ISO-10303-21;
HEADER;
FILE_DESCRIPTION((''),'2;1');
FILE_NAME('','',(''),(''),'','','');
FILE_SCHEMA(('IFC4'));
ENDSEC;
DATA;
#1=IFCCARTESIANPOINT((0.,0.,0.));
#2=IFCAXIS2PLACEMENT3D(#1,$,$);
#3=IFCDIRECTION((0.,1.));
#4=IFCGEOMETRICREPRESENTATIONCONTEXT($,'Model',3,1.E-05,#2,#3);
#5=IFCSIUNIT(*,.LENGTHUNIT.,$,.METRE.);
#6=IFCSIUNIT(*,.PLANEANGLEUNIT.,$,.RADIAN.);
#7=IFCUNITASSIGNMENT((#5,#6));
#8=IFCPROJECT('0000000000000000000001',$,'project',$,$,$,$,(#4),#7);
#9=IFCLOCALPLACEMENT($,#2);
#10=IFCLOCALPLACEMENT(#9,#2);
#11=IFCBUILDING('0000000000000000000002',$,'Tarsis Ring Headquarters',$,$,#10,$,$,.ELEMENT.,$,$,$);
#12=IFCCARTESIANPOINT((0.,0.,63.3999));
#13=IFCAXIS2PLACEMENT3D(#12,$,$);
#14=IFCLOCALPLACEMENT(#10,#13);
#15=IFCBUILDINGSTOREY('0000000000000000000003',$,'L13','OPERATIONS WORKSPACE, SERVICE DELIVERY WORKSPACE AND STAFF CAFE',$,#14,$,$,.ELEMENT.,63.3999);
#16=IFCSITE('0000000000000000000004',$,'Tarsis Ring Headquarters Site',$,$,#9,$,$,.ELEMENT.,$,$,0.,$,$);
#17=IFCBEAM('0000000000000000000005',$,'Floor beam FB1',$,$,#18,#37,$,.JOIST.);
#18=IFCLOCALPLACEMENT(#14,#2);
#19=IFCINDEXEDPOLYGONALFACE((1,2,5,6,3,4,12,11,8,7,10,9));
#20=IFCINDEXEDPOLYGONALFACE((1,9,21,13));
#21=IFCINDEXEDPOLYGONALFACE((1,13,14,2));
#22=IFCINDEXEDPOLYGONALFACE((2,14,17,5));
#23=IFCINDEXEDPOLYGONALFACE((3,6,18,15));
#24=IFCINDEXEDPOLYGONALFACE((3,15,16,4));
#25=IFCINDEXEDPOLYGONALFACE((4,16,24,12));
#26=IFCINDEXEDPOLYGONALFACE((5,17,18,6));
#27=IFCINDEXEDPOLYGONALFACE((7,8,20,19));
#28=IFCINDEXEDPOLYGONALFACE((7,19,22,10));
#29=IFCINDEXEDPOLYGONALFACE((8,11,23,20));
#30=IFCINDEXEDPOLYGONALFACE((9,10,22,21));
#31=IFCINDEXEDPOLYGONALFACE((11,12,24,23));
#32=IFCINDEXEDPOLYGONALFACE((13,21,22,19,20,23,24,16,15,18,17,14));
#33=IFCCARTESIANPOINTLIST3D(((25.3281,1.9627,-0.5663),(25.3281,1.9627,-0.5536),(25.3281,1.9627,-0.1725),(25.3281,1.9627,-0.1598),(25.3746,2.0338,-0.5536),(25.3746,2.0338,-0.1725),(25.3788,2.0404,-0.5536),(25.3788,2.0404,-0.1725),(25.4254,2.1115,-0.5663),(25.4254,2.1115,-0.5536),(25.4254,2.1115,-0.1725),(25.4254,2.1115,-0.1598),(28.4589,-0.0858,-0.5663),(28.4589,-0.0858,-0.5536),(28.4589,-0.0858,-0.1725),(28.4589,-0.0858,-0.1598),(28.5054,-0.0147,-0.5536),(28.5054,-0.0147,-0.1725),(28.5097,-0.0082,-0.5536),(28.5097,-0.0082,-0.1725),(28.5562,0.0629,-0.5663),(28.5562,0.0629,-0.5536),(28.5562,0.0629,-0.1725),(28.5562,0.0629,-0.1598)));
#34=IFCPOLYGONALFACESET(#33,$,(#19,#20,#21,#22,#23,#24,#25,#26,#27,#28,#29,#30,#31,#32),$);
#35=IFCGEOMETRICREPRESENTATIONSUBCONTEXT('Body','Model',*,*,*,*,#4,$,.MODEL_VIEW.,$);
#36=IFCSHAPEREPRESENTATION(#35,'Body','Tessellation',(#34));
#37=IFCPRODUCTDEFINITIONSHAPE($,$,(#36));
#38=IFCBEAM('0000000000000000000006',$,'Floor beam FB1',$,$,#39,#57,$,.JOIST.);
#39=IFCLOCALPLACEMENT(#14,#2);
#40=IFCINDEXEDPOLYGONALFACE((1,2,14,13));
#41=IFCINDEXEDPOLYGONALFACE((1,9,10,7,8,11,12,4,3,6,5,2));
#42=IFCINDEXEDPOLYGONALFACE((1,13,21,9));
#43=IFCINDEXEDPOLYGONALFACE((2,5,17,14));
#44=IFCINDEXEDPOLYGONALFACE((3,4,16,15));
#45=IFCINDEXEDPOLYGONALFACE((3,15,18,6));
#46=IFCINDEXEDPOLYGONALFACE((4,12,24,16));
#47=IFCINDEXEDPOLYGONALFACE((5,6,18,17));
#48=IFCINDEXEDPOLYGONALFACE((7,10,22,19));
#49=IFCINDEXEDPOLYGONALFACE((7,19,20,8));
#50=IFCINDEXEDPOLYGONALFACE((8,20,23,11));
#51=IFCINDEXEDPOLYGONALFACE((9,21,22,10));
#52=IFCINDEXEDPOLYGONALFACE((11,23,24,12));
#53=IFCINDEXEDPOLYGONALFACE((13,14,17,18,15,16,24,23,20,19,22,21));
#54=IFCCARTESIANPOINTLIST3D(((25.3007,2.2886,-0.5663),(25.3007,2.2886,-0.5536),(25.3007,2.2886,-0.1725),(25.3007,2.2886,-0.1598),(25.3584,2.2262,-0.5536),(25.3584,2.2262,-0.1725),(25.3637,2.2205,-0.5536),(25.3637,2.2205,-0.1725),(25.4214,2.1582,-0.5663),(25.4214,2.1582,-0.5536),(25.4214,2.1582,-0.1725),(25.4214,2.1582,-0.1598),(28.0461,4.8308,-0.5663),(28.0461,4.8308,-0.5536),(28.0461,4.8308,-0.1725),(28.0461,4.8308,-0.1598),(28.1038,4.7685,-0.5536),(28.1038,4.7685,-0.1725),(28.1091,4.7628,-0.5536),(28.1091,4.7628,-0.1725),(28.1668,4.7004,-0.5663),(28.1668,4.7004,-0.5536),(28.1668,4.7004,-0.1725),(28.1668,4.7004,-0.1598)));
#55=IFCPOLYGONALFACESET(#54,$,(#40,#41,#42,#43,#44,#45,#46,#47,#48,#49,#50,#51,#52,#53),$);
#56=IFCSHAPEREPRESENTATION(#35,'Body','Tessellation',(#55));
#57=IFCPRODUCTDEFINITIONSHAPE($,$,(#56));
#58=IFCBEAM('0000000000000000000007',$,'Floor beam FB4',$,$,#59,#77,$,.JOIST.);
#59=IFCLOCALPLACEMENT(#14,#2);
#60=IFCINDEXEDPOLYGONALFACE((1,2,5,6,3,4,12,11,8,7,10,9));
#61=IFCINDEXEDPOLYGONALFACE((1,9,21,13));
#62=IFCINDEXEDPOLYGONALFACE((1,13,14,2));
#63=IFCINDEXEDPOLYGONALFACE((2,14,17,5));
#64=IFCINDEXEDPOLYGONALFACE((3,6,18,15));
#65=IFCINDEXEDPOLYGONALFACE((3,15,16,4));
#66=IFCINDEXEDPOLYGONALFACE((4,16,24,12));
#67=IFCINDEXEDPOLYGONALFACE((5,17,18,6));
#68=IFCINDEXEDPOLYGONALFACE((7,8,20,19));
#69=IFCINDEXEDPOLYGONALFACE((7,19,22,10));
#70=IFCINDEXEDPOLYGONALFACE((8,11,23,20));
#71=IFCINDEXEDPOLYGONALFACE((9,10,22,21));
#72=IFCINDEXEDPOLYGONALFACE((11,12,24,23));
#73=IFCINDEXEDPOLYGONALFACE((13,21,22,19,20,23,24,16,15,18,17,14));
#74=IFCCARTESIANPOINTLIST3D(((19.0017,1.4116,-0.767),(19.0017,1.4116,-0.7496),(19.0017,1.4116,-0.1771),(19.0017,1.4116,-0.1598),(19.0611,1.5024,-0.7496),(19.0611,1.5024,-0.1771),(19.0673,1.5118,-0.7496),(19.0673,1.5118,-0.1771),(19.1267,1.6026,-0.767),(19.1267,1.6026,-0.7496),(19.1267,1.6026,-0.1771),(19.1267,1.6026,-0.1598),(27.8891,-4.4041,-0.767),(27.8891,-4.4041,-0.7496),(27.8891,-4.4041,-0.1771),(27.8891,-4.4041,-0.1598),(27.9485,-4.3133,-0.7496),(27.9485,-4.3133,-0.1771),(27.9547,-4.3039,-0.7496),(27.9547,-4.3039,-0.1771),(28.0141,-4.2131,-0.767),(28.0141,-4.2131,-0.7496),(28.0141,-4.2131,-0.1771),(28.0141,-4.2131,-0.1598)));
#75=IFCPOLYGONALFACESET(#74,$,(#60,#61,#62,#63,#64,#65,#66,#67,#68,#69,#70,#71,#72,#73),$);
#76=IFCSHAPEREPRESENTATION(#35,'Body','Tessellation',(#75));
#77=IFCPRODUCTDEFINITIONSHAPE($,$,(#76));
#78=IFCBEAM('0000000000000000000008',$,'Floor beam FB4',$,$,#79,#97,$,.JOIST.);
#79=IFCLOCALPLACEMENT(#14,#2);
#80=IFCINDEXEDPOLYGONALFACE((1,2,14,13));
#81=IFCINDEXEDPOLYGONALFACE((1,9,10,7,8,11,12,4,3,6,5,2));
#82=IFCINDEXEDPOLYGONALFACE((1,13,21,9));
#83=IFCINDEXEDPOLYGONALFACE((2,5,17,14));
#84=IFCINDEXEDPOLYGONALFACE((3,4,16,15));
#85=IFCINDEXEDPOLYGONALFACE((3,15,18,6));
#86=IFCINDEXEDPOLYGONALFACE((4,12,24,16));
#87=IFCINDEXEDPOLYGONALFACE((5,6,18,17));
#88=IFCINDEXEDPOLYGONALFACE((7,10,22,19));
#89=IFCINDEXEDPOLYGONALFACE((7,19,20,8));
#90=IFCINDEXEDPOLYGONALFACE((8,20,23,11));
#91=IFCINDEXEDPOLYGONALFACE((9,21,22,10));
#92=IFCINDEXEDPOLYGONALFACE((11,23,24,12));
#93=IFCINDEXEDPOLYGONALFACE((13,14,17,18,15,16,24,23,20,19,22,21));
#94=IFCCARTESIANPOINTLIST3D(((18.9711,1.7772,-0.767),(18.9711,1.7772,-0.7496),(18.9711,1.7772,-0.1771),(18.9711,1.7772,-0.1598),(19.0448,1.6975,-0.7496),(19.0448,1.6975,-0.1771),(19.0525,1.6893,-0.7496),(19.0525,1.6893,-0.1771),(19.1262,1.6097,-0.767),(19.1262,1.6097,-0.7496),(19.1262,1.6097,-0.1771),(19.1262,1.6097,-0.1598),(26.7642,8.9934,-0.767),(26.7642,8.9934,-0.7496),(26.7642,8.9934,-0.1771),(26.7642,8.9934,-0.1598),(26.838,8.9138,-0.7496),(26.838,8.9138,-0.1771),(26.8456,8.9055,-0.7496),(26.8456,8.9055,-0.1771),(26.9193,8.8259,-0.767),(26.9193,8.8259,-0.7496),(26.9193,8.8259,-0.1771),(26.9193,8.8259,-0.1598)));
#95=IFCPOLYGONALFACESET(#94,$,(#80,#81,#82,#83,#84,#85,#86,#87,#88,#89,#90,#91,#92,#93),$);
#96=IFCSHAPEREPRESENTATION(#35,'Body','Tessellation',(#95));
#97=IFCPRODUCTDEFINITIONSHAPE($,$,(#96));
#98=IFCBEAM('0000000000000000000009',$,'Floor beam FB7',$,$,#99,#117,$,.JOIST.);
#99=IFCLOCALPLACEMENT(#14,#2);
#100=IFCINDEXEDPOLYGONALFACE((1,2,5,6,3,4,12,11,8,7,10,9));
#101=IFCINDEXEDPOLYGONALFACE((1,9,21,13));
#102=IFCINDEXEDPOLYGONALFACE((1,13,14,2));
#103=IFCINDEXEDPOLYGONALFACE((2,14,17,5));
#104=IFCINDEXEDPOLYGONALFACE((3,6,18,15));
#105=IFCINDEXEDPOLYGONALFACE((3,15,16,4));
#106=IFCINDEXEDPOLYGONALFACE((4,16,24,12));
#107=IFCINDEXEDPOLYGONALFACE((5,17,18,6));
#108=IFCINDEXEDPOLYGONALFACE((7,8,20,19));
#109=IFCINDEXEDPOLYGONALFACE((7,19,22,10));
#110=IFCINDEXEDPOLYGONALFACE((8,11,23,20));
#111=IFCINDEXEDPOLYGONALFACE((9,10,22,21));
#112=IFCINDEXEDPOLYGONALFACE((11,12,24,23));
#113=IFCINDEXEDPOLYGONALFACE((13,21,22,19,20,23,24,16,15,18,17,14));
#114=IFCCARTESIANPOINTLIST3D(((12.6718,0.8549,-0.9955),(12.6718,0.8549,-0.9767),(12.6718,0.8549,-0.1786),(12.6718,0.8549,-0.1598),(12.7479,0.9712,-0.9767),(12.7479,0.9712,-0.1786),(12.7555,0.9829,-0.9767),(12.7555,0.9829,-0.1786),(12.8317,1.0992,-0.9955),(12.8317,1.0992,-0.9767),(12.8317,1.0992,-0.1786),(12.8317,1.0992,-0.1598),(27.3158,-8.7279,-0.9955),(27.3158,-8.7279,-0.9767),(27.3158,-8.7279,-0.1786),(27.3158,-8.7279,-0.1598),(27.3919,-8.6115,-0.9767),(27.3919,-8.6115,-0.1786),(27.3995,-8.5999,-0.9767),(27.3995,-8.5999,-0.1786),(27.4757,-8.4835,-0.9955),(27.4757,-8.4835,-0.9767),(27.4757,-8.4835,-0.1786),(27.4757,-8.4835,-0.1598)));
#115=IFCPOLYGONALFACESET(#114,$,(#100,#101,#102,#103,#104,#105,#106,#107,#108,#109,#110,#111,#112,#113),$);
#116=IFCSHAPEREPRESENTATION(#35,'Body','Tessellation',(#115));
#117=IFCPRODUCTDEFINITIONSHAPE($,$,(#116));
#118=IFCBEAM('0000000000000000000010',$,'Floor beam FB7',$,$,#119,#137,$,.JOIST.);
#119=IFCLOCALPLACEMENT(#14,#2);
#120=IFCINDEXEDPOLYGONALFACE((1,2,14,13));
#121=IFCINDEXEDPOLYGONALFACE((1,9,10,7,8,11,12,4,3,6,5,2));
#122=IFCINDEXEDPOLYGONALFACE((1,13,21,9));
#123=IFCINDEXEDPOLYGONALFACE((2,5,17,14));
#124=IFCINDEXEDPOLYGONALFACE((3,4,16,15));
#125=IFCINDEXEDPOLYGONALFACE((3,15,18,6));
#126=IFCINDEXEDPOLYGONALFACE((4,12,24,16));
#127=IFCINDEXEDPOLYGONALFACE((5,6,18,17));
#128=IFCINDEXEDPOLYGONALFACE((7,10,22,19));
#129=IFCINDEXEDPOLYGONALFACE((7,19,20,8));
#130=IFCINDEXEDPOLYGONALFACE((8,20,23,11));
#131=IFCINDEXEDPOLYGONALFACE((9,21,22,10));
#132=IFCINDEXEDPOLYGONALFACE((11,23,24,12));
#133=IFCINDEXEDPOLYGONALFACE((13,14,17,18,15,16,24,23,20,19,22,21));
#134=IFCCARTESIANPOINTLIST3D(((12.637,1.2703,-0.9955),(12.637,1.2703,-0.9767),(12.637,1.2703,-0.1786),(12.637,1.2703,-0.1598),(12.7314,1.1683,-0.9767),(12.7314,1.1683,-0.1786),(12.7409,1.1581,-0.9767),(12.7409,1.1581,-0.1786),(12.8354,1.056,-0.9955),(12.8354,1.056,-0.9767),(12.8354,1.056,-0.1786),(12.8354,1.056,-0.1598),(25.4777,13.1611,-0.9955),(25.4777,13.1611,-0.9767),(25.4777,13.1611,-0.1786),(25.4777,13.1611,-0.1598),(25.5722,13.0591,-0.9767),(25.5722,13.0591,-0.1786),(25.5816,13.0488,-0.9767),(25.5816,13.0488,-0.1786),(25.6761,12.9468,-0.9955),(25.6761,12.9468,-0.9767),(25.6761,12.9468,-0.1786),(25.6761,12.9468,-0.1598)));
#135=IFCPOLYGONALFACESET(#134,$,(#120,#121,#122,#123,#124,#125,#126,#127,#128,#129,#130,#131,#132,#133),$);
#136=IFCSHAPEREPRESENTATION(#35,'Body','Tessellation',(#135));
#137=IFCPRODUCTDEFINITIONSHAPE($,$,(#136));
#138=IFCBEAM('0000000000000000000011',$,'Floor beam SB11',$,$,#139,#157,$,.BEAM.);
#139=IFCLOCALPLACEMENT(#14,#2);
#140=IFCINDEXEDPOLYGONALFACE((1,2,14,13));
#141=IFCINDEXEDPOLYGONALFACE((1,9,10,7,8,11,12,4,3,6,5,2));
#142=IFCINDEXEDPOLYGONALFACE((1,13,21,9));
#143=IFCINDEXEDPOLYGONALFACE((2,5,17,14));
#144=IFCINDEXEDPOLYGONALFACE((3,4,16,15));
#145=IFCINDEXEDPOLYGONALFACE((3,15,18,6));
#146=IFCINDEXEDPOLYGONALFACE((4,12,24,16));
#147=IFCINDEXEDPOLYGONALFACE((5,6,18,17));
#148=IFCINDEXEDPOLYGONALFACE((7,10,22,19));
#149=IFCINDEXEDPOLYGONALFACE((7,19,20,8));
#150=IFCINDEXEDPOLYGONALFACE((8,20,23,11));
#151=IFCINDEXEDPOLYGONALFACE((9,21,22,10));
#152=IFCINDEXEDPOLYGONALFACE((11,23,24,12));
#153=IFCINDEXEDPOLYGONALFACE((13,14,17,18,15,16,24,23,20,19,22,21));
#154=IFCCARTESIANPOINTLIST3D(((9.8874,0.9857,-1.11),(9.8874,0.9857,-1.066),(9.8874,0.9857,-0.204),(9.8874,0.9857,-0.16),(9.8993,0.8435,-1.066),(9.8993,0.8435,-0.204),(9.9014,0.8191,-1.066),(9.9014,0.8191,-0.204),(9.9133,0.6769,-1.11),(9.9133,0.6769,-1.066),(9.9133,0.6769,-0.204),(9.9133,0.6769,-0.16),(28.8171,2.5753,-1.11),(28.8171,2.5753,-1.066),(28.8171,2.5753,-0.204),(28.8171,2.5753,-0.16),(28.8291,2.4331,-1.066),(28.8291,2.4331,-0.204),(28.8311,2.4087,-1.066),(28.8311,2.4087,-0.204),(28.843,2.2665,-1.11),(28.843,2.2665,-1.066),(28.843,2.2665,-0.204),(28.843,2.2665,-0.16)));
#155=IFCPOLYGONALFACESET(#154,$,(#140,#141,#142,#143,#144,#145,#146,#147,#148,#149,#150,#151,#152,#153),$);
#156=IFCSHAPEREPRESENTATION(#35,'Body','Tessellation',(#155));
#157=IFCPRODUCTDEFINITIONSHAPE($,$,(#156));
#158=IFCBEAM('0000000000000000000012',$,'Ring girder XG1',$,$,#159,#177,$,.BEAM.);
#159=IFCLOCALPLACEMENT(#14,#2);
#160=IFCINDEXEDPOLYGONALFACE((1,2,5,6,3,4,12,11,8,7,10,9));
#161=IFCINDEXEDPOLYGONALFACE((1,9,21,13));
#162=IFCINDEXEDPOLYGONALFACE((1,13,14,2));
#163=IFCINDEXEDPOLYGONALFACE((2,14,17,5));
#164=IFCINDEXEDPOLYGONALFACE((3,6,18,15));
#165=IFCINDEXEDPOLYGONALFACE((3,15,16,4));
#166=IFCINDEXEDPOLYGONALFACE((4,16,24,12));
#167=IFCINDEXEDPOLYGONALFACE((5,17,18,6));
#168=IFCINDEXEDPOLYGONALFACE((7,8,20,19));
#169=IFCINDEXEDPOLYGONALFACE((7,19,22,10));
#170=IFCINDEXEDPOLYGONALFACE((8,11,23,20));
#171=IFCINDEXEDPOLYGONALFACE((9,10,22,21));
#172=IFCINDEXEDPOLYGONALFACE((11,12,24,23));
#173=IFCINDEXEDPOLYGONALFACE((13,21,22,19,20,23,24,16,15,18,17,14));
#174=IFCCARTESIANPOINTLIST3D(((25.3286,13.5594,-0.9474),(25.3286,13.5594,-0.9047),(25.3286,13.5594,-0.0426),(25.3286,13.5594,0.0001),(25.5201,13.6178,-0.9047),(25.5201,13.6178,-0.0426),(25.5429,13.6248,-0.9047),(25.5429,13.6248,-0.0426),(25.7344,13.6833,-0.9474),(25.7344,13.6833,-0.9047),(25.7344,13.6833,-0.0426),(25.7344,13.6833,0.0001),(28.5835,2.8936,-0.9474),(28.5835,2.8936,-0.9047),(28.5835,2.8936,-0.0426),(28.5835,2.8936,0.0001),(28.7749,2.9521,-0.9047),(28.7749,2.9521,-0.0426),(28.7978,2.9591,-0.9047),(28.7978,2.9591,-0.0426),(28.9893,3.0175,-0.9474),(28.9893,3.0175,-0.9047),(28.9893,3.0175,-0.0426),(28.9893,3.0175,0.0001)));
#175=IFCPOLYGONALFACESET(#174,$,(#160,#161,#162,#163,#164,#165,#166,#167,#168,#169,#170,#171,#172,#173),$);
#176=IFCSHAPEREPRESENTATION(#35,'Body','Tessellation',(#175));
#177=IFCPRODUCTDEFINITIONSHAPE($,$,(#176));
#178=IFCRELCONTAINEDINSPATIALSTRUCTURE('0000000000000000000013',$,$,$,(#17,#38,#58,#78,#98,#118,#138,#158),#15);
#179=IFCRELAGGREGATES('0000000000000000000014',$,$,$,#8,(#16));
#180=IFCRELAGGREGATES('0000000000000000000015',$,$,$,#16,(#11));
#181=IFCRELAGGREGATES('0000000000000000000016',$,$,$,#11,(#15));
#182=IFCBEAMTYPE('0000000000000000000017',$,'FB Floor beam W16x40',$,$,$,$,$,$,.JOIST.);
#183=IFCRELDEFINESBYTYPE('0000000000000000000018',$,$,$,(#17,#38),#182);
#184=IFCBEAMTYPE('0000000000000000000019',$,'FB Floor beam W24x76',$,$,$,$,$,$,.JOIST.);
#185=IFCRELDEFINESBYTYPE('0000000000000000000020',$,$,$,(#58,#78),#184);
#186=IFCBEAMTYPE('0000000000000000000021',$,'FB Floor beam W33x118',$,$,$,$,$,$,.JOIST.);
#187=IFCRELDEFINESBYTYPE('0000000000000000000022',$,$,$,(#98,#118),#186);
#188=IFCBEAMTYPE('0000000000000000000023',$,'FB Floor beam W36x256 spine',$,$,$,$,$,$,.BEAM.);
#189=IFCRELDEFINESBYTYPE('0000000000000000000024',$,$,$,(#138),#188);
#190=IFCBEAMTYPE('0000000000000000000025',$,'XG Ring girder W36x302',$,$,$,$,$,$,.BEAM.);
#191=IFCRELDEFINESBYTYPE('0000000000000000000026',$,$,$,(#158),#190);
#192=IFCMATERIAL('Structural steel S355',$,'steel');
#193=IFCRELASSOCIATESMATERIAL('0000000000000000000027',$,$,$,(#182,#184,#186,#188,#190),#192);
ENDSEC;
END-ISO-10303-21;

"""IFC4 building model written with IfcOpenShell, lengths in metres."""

from ifc_helpers import new_model, si_unit, direction, frame, origin, origin_2d, place, context, subcontext, project, spatial, i_section, extrude, material, material_profile, profile_set, type_object, element, save


model = new_model("IFC4")

# Units and contexts
model_context = context("Model", 3, precision=1e-05, world=origin(), true_north=direction((0.0, 1.0)))
body_context = subcontext(model_context, "Body", "Model", "MODEL_VIEW")
ifc_project = project(units=[si_unit("LENGTHUNIT", "METRE"), si_unit("PLANEANGLEUNIT", "RADIAN")], contexts=[model_context])

# Site, building, storey
site_placement = place(None, origin())
site = spatial("IfcSite", under=ifc_project, at=site_placement, Name="Tarsis Ring Headquarters Site", CompositionType="ELEMENT", RefElevation=0.0)
building_placement = place(site_placement, origin())
building = spatial("IfcBuilding", under=site, at=building_placement, Name="Tarsis Ring Headquarters", CompositionType="ELEMENT")
storey_placement = place(building_placement, frame((0.0, 0.0, 63.3999)))
storey = spatial("IfcBuildingStorey", under=building, at=storey_placement, Name="L13", Description="OPERATIONS WORKSPACE, SERVICE DELIVERY WORKSPACE AND STAFF CAFE", CompositionType="ELEMENT", Elevation=63.3999)

# Beams
ifc_material_1 = material(Name="Structural steel S355", Category="steel")
ifc_material_profile_1 = material_profile(ifc_material_1, i_section(OverallWidth=0.1777, OverallDepth=0.4065, WebThickness=0.0078, FlangeThickness=0.0127, at=origin_2d()), Name="W16x40")
ifc_profile_set_1 = profile_set([ifc_material_profile_1], Name="Structural steel S355")
beam_type_1 = type_object("IfcBeamType", Name="FB Floor beam W16x40", PredefinedType="JOIST", material=ifc_profile_set_1)
beam_1_placement = place(storey_placement, frame((25.3767, 2.0371, -0.363), z_axis=(0.836788, -0.547527, 0.0), x_axis=(0.547527, 0.836788, 0.0)))
element("IfcBeam", 1, at=beam_1_placement, inside=storey, type_object=beam_type_1, Name="Floor beam FB1", PredefinedType="JOIST", context=body_context, shape_type="SweptSolid", body=[
    extrude(i_section(OverallWidth=0.1777, OverallDepth=0.4065, WebThickness=0.0078, FlangeThickness=0.0127, at=origin_2d()), origin(), (0.0, 0.0, 1.0), 3.7415),
])
beam_2_placement = place(storey_placement, frame((28.1064, 4.7656, -0.363), z_axis=(-0.733729, -0.679442, 0.0), x_axis=(0.679442, -0.733729, 0.0)))
element("IfcBeam", 2, at=beam_2_placement, inside=storey, type_object=beam_type_1, Name="Floor beam FB1", PredefinedType="JOIST", context=body_context, shape_type="SweptSolid", body=[
    extrude(i_section(OverallWidth=0.1777, OverallDepth=0.4065, WebThickness=0.0078, FlangeThickness=0.0127, at=origin_2d()), origin(), (0.0, 0.0, 1.0), 3.7417),
])
ifc_material_profile_2 = material_profile(ifc_material_1, i_section(OverallWidth=0.2283, OverallDepth=0.6072, WebThickness=0.0112, FlangeThickness=0.0173, at=origin_2d()), Name="W24x76")
ifc_profile_set_2 = profile_set([ifc_material_profile_2], Name="Structural steel S355")
beam_type_2 = type_object("IfcBeamType", Name="FB Floor beam W24x76", PredefinedType="JOIST", material=ifc_profile_set_2)
for number, where, z_axis, x_axis, name in (
    (3, (19.0642, 1.5071, -0.4634), (0.836769, -0.547556, 0.0), (0.547556, 0.836769, 0.0), "Floor beam FB4"),
    (4, (26.8418, 8.9097, -0.4634), (-0.733743, -0.679427, 0.0), (0.679427, -0.733743, 0.0), "Floor beam FB4"),
):
    element("IfcBeam", number, at=place(storey_placement, frame(where, z_axis=z_axis, x_axis=x_axis)), inside=storey, type_object=beam_type_2, Name=name, PredefinedType="JOIST", context=body_context, shape_type="SweptSolid", body=[
        extrude(i_section(OverallWidth=0.2283, OverallDepth=0.6072, WebThickness=0.0112, FlangeThickness=0.0173, at=origin_2d()), origin(), (0.0, 0.0, 1.0), 10.6211),
    ])
ifc_material_profile_3 = material_profile(ifc_material_1, i_section(OverallWidth=0.292, OverallDepth=0.8357, WebThickness=0.0139, FlangeThickness=0.0188, at=origin_2d()), Name="W33x118")
ifc_profile_set_3 = profile_set([ifc_material_profile_3], Name="Structural steel S355")
beam_type_3 = type_object("IfcBeamType", Name="FB Floor beam W33x118", PredefinedType="JOIST", material=ifc_profile_set_3)
for number, where, z_axis, x_axis, name in (
    (5, (12.7517, 0.9771, -0.5776), (0.836765, -0.547562, 0.0), (0.547562, 0.836765, 0.0), "Floor beam FB7"),
    (6, (25.5769, 13.054, -0.5776), (-0.733726, -0.679446, 0.0), (0.679446, -0.733726, 0.0), "Floor beam FB7"),
):
    element("IfcBeam", number, at=place(storey_placement, frame(where, z_axis=z_axis, x_axis=x_axis)), inside=storey, type_object=beam_type_3, Name=name, PredefinedType="JOIST", context=body_context, shape_type="SweptSolid", body=[
        extrude(i_section(OverallWidth=0.292, OverallDepth=0.8357, WebThickness=0.0139, FlangeThickness=0.0188, at=origin_2d()), origin(), (0.0, 0.0, 1.0), 17.5007),
    ])
ifc_material_profile_4 = material_profile(ifc_material_1, i_section(OverallWidth=0.3098, OverallDepth=0.95, WebThickness=0.0244, FlangeThickness=0.0439, at=origin_2d()), Name="W36x256")
ifc_profile_set_4 = profile_set([ifc_material_profile_4], Name="Structural steel S355")
beam_type_4 = type_object("IfcBeamType", Name="FB Floor beam W36x256 spine", PredefinedType="BEAM", material=ifc_profile_set_4)
beam_3_placement = place(storey_placement, frame((28.8301, 2.4209, -0.635), z_axis=(-0.996493, -0.083679, 0.0), x_axis=(0.083679, -0.996493, 0.0)))
element("IfcBeam", 7, at=beam_3_placement, inside=storey, type_object=beam_type_4, Name="Floor beam SB11", PredefinedType="BEAM", context=body_context, shape_type="SweptSolid", body=[
    extrude(i_section(OverallWidth=0.3098, OverallDepth=0.95, WebThickness=0.0244, FlangeThickness=0.0439, at=origin_2d()), origin(), (0.0, 0.0, 1.0), 18.9963),
])
ifc_material_profile_5 = material_profile(ifc_material_1, i_section(OverallWidth=0.4243, OverallDepth=0.9475, WebThickness=0.0239, FlangeThickness=0.0427, at=origin_2d()), Name="W36x302")
ifc_profile_set_5 = profile_set([ifc_material_profile_5], Name="Structural steel S355")
beam_type_5 = type_object("IfcBeamType", Name="XG Ring girder W36x302", PredefinedType="BEAM", material=ifc_profile_set_5)
beam_4_placement = place(storey_placement, frame((28.7864, 2.9556, -0.4736), z_axis=(-0.291882, 0.956454, 0.0), x_axis=(-0.956454, -0.291882, 0.0)))
element("IfcBeam", 8, at=beam_4_placement, inside=storey, type_object=beam_type_5, Name="Ring girder XG1", PredefinedType="BEAM", context=body_context, shape_type="SweptSolid", body=[
    extrude(i_section(OverallWidth=0.4243, OverallDepth=0.9475, WebThickness=0.0239, FlangeThickness=0.0427, at=origin_2d()), origin(), (0.0, 0.0, 1.0), 11.1514),
])

save(model, "model.ifc")
